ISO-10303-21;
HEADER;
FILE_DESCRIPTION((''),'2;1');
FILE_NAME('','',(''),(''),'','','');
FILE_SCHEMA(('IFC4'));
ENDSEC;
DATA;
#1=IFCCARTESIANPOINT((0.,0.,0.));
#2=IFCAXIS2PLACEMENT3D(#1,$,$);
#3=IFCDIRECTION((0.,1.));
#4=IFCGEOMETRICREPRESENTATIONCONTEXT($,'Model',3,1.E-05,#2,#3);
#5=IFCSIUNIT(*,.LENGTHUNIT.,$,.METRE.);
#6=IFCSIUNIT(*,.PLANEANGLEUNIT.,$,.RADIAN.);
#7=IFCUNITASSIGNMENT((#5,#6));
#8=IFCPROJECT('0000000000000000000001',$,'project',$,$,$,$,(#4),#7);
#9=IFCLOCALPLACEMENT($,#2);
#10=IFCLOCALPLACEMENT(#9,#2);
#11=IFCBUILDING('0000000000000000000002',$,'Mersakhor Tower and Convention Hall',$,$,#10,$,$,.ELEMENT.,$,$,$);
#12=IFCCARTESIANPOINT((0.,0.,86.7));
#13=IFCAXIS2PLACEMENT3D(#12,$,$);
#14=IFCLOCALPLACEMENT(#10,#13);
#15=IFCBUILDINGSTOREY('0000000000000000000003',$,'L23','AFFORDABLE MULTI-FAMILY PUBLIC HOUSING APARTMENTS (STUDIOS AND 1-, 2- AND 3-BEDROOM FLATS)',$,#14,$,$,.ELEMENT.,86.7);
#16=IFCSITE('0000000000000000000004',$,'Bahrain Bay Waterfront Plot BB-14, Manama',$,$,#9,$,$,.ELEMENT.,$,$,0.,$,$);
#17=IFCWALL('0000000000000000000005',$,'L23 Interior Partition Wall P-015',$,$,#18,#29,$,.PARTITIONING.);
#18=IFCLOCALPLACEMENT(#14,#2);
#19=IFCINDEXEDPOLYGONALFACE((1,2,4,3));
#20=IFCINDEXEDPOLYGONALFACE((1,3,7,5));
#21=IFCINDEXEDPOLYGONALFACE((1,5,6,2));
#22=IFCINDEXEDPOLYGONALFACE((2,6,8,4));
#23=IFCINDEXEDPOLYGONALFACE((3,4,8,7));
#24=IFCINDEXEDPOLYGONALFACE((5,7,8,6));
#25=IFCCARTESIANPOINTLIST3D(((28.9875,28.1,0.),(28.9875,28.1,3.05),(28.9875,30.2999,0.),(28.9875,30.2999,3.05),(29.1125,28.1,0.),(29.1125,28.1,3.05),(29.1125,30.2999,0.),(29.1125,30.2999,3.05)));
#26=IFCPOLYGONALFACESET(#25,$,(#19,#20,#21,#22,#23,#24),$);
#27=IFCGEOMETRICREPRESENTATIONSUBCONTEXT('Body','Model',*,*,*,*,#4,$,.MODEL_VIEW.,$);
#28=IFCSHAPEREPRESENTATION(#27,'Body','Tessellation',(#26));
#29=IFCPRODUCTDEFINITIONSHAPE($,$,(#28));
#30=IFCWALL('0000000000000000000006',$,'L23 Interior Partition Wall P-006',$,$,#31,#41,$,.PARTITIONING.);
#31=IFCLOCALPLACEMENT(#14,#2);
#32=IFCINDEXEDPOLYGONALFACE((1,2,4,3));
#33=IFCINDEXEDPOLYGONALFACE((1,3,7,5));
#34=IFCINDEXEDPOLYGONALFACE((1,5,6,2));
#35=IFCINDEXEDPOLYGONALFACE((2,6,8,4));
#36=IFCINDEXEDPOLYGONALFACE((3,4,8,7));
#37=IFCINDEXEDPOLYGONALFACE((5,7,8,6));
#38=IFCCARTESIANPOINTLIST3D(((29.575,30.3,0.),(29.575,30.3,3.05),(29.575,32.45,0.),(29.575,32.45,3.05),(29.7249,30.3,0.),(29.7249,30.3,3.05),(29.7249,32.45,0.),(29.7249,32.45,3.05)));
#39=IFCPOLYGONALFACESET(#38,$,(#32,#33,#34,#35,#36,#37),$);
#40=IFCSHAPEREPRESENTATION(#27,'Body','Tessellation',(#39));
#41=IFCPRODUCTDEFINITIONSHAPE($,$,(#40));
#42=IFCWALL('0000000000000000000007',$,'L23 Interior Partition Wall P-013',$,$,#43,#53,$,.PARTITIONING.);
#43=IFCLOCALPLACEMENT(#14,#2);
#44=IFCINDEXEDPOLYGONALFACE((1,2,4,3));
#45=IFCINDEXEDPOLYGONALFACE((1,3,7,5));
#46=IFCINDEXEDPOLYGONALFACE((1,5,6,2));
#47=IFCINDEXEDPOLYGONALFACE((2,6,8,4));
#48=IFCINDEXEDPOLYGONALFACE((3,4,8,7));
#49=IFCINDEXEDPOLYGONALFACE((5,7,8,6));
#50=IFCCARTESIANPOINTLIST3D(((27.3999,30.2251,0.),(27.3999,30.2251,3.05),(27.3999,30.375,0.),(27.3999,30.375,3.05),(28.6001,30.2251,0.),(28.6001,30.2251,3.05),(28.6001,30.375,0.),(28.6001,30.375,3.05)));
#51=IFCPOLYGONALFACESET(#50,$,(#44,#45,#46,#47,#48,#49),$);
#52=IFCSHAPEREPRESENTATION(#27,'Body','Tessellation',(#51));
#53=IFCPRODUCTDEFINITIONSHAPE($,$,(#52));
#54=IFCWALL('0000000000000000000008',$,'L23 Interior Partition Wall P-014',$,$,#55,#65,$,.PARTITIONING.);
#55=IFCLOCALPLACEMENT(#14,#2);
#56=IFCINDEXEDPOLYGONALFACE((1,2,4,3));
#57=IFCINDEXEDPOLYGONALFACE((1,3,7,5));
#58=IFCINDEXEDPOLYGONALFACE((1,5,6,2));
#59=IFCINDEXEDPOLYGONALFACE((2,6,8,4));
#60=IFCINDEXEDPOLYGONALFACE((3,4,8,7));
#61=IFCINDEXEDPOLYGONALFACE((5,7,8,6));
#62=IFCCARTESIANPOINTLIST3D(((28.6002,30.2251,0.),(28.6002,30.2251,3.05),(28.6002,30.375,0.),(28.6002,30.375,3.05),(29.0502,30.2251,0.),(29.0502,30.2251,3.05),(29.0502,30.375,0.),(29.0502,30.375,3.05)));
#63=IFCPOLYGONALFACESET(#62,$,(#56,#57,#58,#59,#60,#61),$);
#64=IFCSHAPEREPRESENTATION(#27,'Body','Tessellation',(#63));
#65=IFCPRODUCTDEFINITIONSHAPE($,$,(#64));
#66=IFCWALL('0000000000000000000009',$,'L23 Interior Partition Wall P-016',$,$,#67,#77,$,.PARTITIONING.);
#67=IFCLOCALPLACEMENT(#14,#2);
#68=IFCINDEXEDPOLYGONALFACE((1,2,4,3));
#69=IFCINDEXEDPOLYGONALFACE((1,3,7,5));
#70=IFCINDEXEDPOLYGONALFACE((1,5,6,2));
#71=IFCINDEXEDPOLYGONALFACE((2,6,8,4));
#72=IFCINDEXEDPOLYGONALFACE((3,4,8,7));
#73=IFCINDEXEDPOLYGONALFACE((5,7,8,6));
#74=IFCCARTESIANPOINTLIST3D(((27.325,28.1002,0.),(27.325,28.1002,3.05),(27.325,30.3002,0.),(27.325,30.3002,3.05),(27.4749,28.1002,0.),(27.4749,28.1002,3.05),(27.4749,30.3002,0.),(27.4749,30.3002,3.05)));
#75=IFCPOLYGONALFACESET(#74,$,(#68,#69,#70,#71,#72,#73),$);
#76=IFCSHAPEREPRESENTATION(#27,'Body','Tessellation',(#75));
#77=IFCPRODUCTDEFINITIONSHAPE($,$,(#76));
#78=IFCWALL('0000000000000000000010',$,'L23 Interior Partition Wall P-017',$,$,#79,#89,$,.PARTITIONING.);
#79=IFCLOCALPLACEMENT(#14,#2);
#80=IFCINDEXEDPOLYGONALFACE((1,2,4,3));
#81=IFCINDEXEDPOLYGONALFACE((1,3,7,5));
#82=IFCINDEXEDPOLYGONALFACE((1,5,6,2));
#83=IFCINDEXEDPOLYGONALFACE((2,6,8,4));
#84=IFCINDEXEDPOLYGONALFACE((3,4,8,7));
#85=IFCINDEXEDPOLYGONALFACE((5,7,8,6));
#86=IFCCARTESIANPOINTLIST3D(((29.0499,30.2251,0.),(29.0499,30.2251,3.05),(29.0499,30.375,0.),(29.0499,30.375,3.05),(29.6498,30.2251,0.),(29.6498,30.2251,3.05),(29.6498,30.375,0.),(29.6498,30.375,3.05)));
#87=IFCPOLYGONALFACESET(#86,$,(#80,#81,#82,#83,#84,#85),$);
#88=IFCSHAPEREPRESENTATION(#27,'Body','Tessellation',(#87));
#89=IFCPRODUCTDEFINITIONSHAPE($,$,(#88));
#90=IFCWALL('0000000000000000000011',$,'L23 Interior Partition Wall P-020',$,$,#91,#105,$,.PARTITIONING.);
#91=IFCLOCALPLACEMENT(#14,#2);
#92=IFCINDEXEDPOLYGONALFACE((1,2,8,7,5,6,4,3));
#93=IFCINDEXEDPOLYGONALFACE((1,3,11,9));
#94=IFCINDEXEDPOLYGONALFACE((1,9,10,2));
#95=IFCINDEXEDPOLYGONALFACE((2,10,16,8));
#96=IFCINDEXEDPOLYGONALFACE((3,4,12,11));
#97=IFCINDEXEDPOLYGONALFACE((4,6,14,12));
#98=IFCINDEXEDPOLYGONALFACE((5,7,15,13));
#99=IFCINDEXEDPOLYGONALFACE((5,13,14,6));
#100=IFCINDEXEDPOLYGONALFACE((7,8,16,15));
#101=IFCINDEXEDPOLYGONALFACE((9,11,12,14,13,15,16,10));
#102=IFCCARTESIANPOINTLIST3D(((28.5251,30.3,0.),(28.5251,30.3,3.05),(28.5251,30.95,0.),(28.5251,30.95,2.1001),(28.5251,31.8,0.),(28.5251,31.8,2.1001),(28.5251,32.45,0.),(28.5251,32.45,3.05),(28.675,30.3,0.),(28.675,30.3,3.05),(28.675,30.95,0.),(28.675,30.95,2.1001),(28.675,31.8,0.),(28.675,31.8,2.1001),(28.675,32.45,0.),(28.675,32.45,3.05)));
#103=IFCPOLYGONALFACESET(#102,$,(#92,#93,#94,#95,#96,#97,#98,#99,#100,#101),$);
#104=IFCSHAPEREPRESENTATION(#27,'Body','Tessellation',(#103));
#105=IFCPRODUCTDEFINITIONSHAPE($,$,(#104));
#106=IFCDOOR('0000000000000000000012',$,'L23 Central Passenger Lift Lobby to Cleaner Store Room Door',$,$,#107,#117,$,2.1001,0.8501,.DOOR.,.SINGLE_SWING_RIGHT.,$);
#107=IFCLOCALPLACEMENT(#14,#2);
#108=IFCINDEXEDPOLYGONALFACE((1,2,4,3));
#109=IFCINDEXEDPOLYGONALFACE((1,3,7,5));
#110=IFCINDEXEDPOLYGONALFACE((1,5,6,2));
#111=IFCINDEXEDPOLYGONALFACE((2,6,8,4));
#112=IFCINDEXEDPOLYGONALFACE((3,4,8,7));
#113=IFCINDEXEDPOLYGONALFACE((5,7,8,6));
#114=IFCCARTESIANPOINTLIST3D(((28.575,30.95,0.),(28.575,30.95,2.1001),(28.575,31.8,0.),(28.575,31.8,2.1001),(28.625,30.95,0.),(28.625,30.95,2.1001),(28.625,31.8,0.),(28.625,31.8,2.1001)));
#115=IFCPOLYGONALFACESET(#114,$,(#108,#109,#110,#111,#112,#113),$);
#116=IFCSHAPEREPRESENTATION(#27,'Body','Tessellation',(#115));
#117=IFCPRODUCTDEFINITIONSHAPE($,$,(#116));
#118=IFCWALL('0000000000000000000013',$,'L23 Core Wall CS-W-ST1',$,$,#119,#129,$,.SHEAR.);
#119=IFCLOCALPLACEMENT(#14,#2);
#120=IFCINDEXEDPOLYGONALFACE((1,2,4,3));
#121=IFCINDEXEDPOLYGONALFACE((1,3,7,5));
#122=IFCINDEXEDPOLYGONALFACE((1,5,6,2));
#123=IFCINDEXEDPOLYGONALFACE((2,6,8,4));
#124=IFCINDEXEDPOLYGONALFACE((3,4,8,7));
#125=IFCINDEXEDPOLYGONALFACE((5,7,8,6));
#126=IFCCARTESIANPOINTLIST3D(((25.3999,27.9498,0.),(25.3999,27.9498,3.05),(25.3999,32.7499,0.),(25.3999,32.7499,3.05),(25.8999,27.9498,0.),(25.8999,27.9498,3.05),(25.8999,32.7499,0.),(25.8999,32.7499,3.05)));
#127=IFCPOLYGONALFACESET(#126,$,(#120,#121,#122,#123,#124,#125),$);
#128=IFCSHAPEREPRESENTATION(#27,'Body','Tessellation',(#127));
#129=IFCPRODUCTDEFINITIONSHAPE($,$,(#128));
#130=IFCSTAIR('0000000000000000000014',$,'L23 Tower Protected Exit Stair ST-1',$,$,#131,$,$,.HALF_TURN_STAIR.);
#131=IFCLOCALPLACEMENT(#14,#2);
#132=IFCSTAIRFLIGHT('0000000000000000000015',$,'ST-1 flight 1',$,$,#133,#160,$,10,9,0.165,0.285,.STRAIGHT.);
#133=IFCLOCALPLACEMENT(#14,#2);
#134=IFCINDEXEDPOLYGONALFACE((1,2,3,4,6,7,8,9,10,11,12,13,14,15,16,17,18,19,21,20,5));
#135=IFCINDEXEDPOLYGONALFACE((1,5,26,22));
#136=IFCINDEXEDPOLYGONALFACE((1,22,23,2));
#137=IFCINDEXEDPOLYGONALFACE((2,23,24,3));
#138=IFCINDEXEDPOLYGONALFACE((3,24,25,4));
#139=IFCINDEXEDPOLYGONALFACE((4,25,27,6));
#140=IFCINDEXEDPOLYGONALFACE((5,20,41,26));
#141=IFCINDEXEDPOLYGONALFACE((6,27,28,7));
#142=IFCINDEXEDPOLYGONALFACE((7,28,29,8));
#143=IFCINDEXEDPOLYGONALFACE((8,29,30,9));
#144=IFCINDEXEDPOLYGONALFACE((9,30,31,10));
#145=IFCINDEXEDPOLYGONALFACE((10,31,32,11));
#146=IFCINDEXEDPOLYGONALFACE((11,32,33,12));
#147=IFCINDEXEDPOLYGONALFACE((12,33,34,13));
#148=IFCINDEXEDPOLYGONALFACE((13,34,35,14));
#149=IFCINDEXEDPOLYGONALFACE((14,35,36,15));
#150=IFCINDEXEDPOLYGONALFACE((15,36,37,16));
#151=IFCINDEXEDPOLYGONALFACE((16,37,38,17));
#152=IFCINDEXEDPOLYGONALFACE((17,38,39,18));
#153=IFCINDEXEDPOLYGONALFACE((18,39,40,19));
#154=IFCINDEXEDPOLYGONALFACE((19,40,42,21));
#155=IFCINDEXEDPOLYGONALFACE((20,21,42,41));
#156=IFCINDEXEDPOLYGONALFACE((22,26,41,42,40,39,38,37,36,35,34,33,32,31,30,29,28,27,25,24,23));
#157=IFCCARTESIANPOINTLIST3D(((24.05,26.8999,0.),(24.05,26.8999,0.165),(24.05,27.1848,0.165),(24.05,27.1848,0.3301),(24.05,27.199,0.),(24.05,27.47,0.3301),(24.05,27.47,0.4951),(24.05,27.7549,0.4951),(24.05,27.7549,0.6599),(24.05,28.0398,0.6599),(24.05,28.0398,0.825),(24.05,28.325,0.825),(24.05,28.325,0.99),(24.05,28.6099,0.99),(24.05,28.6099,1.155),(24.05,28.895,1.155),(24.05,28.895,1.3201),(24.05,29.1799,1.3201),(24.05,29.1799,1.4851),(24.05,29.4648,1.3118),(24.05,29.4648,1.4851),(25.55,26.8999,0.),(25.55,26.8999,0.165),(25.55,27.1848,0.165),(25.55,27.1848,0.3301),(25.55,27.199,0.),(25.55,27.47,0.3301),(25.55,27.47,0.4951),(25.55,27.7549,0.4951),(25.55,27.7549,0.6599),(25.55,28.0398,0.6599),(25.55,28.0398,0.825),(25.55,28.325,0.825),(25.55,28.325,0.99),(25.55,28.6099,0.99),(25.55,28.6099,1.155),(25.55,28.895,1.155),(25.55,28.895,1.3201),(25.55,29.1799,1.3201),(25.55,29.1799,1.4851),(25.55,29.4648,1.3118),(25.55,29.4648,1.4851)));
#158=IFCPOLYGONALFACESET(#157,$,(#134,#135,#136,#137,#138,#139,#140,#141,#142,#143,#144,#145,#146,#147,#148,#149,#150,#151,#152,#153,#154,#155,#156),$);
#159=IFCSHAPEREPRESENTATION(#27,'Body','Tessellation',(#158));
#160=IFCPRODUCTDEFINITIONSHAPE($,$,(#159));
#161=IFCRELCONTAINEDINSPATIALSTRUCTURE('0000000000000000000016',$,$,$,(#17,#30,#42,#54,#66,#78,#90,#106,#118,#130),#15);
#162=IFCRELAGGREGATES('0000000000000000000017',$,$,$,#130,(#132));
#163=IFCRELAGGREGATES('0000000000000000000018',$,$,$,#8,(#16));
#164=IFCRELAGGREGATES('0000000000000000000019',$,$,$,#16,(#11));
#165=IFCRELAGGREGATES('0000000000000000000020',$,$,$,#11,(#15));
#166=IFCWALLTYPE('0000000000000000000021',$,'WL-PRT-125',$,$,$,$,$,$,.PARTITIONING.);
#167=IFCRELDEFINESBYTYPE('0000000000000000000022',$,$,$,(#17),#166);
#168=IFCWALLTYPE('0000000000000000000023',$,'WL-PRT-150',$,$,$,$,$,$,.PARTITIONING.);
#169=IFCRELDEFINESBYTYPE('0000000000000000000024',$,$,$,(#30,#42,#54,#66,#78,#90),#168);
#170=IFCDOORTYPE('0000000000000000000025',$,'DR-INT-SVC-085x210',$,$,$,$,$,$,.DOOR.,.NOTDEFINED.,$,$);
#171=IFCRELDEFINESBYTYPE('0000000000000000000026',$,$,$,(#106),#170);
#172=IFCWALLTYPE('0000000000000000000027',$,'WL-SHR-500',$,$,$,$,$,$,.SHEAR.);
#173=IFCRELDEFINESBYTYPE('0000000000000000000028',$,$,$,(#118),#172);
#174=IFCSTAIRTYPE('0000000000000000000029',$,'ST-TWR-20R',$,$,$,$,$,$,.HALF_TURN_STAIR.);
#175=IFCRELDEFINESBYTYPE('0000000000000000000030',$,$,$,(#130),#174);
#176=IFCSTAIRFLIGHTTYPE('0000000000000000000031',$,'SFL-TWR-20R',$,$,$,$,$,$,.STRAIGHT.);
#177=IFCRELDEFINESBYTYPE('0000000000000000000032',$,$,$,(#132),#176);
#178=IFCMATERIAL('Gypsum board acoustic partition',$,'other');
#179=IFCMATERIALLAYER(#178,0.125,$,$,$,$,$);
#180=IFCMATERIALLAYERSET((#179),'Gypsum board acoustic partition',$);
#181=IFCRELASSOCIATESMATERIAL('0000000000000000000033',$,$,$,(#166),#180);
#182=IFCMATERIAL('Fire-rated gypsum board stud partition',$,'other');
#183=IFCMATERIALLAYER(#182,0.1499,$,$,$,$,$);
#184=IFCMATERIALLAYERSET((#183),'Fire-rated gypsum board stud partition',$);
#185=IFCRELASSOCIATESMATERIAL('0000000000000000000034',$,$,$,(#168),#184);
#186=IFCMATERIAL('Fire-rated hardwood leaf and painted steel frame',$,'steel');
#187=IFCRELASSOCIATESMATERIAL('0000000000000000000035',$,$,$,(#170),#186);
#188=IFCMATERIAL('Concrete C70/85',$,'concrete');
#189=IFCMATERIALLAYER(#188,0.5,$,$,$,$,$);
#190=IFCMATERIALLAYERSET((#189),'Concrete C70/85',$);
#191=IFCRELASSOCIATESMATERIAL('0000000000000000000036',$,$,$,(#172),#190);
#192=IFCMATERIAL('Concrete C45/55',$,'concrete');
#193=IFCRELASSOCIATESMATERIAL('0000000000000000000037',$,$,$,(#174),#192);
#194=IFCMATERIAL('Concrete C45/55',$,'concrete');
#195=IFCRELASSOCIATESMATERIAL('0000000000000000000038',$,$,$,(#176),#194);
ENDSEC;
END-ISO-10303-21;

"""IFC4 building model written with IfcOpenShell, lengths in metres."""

from ifc_helpers import new_model, si_unit, direction, frame, frame_2d, origin, place, context, subcontext, project, spatial, polyline, rectangle, outline, extrude, material, layer, layer_set, type_object, element, fill, aggregate, save


model = new_model("IFC4")

# Units and contexts
model_context = context("Model", 3, precision=1e-05, world=origin(), true_north=direction((0.0, 1.0)))
body_context = subcontext(model_context, "Body", "Model", "MODEL_VIEW")
ifc_project = project(units=[si_unit("LENGTHUNIT", "METRE"), si_unit("PLANEANGLEUNIT", "RADIAN")], contexts=[model_context])

# Site, building, storey
site_placement = place(None, origin())
site = spatial("IfcSite", under=ifc_project, at=site_placement, Name="Bahrain Bay Waterfront Plot BB-14, Manama", CompositionType="ELEMENT", RefElevation=0.0)
building_placement = place(site_placement, origin())
building = spatial("IfcBuilding", under=site, at=building_placement, Name="Mersakhor Tower and Convention Hall", CompositionType="ELEMENT")
storey_placement = place(building_placement, frame((0.0, 0.0, 86.7)))
storey = spatial("IfcBuildingStorey", under=building, at=storey_placement, Name="L23", Description="AFFORDABLE MULTI-FAMILY PUBLIC HOUSING APARTMENTS (STUDIOS AND 1-, 2- AND 3-BEDROOM FLATS)", CompositionType="ELEMENT", Elevation=86.7)

# Walls
ifc_material_1 = material(Name="Gypsum board acoustic partition", Category="other")
ifc_layer_1 = layer(ifc_material_1, 0.125)
ifc_layer_set_1 = layer_set([ifc_layer_1], Name="Gypsum board acoustic partition")
wall_type_1 = type_object("IfcWallType", Name="WL-PRT-125", PredefinedType="PARTITIONING", material=ifc_layer_set_1)
wall_1_placement = place(storey_placement, frame((29.05, 30.3, 0.0), z_axis=(0.0, 0.0, 1.0), x_axis=(0.0, -1.0, 0.0)))
element("IfcWall", 1, at=wall_1_placement, inside=storey, type_object=wall_type_1, Name="L23 Interior Partition Wall P-015", PredefinedType="PARTITIONING", context=body_context, shape_type="SweptSolid", body=[
    extrude(rectangle(XDim=2.2, YDim=0.125, at=frame_2d((1.1001, 0.0))), origin(), (0.0, 0.0, 1.0), 3.05),
])
ifc_material_2 = material(Name="Fire-rated gypsum board stud partition", Category="other")
ifc_layer_2 = layer(ifc_material_2, 0.1499)
ifc_layer_set_2 = layer_set([ifc_layer_2], Name="Fire-rated gypsum board stud partition")
wall_type_2 = type_object("IfcWallType", Name="WL-PRT-150", PredefinedType="PARTITIONING", material=ifc_layer_set_2)
wall_2_placement = place(storey_placement, frame((29.6499, 30.3, 0.0), z_axis=(0.0, 0.0, 1.0), x_axis=(0.0, 1.0, 0.0)))
element("IfcWall", 2, at=wall_2_placement, inside=storey, type_object=wall_type_2, Name="L23 Interior Partition Wall P-006", PredefinedType="PARTITIONING", context=body_context, shape_type="SweptSolid", body=[
    extrude(rectangle(XDim=2.1499, YDim=0.1499, at=frame_2d((1.075, 0.0))), origin(), (0.0, 0.0, 1.0), 3.05),
])
wall_3_placement = place(storey_placement, frame((27.3999, 30.3, 0.0), z_axis=(0.0, 0.0, 1.0), x_axis=(1.0, 0.0, 0.0)))
element("IfcWall", 3, at=wall_3_placement, inside=storey, type_object=wall_type_2, Name="L23 Interior Partition Wall P-013", PredefinedType="PARTITIONING", context=body_context, shape_type="SweptSolid", body=[
    extrude(rectangle(XDim=1.2002, YDim=0.1499, at=frame_2d((0.6001, 0.0))), origin(), (0.0, 0.0, 1.0), 3.05),
])
wall_4_placement = place(storey_placement, frame((28.6001, 30.3, 0.0), z_axis=(0.0, 0.0, 1.0), x_axis=(1.0, 0.0, 0.0)))
element("IfcWall", 4, at=wall_4_placement, inside=storey, type_object=wall_type_2, Name="L23 Interior Partition Wall P-014", PredefinedType="PARTITIONING", context=body_context, shape_type="SweptSolid", body=[
    extrude(rectangle(XDim=0.45, YDim=0.1499, at=frame_2d((0.2251, 0.0))), origin(), (0.0, 0.0, 1.0), 3.05),
])
wall_5_placement = place(storey_placement, frame((27.3999, 28.1001, 0.0), z_axis=(0.0, 0.0, 1.0), x_axis=(0.0, 1.0, 0.0)))
element("IfcWall", 5, at=wall_5_placement, inside=storey, type_object=wall_type_2, Name="L23 Interior Partition Wall P-016", PredefinedType="PARTITIONING", context=body_context, shape_type="SweptSolid", body=[
    extrude(rectangle(XDim=2.2, YDim=0.1499, at=frame_2d((1.1001, 0.0))), origin(), (0.0, 0.0, 1.0), 3.05),
])
wall_6_placement = place(storey_placement, frame((29.05, 30.3, 0.0), z_axis=(0.0, 0.0, 1.0), x_axis=(1.0, 0.0, 0.0)))
element("IfcWall", 6, at=wall_6_placement, inside=storey, type_object=wall_type_2, Name="L23 Interior Partition Wall P-017", PredefinedType="PARTITIONING", context=body_context, shape_type="SweptSolid", body=[
    extrude(rectangle(XDim=0.5999, YDim=0.1499, at=frame_2d((0.2998, 0.0))), origin(), (0.0, 0.0, 1.0), 3.05),
])

# Wall, opening, door
wall_7_placement = place(storey_placement, frame((28.6001, 32.45, 0.0), z_axis=(0.0, 0.0, 1.0), x_axis=(0.0, -1.0, 0.0)))
wall_7 = element("IfcWall", 7, at=wall_7_placement, inside=storey, type_object=wall_type_2, Name="L23 Interior Partition Wall P-020", PredefinedType="PARTITIONING", context=body_context, shape_type="SweptSolid", body=[
    extrude(rectangle(XDim=2.1499, YDim=0.1499, at=frame_2d((1.075, 0.0))), origin(), (0.0, 0.0, 1.0), 3.05),
])
opening_1_placement = place(wall_7_placement, frame((0.6499, 0.0, 0.0)))
opening_1 = element("IfcOpeningElement", 8, at=opening_1_placement, cuts=wall_7, PredefinedType="OPENING", context=body_context, shape_type="SweptSolid", body=[
    extrude(rectangle(XDim=0.8501, YDim=2.1001, at=frame_2d((0.425, 1.05))), frame((0.0, 0.085, 0.0), z_axis=(0.0, -1.0, 0.0), x_axis=(1.0, 0.0, 0.0)), (0.0, 0.0, 1.0), 0.1699),
])
ifc_material_3 = material(Name="Fire-rated hardwood leaf and painted steel frame", Category="steel")
door_type_1 = type_object("IfcDoorType", Name="DR-INT-SVC-085x210", OperationType="NOTDEFINED", PredefinedType="DOOR", material=ifc_material_3)
door_1_placement = place(opening_1_placement, origin())
door_1 = element("IfcDoor", 9, at=door_1_placement, inside=storey, type_object=door_type_1, Name="L23 Central Passenger Lift Lobby to Cleaner Store Room Door", OperationType="SINGLE_SWING_RIGHT", OverallHeight=2.1001, OverallWidth=0.8501, PredefinedType="DOOR", context=body_context, shape_type="SweptSolid", body=[
    extrude(rectangle(XDim=0.8501, YDim=2.1001, at=frame_2d((0.425, 1.05))), frame((0.0, 0.0249, 0.0), z_axis=(0.0, -1.0, 0.0), x_axis=(1.0, 0.0, 0.0)), (0.0, 0.0, 1.0), 0.05),
])
fill(opening_1, door_1)

# Shared definitions
ifc_material_4 = material(Name="Concrete C70/85", Category="concrete")
ifc_layer_3 = layer(ifc_material_4, 0.5)
ifc_layer_set_3 = layer_set([ifc_layer_3], Name="Concrete C70/85")
wall_type_3 = type_object("IfcWallType", Name="WL-SHR-500", PredefinedType="SHEAR", material=ifc_layer_set_3)

# Wall
wall_8_placement = place(storey_placement, frame((25.6499, 27.95, 0.0), z_axis=(0.0, 0.0, 1.0), x_axis=(0.0, 1.0, 0.0)))
element("IfcWall", 10, at=wall_8_placement, inside=storey, type_object=wall_type_3, Name="L23 Core Wall CS-W-ST1", PredefinedType="SHEAR", context=body_context, shape_type="SweptSolid", body=[
    extrude(rectangle(XDim=4.8, YDim=0.5, at=frame_2d((2.3999, 0.0))), origin(), (0.0, 0.0, 1.0), 3.05),
])

# Stair, stair flight
ifc_material_5 = material(Name="Concrete C45/55", Category="concrete")
stair_type = type_object("IfcStairType", Name="ST-TWR-20R", PredefinedType="HALF_TURN_STAIR", material=ifc_material_5)
stair_placement = place(storey_placement, origin())
stair = element("IfcStair", 11, at=stair_placement, inside=storey, type_object=stair_type, Name="L23 Tower Protected Exit Stair ST-1", PredefinedType="HALF_TURN_STAIR")
ifc_material_6 = material(Name="Concrete C45/55", Category="concrete")
stair_flight_type = type_object("IfcStairFlightType", Name="SFL-TWR-20R", PredefinedType="STRAIGHT", material=ifc_material_6)
stair_flight_1_placement = place(storey_placement, frame((24.8, 26.8999, 0.0), z_axis=(0.0, 0.0, 1.0), x_axis=(0.0, 1.0, 0.0)))
stair_flight_1 = element("IfcStairFlight", 12, at=stair_flight_1_placement, type_object=stair_flight_type, Name="ST-1 flight 1", NumberOfRisers=10, NumberOfTreads=9, PredefinedType="STRAIGHT", RiserHeight=0.165, TreadLength=0.285, context=body_context, shape_type="SweptSolid", body=[
    extrude(outline(polyline([(0.0, 0.0), (0.0, 0.165), (0.2849, 0.165), (0.2849, 0.3301), (0.5701, 0.3301), (0.5701, 0.4951), (0.855, 0.4951), (0.855, 0.6599), (1.1399, 0.6599), (1.1399, 0.825), (1.425, 0.825), (1.425, 0.99), (1.71, 0.99), (1.71, 1.155), (1.9951, 1.155), (1.9951, 1.3201), (2.28, 1.3201), (2.28, 1.4851), (2.5649, 1.4851), (2.5649, 1.6499), (2.5649, 1.3118), (0.2991, 0.0), (0.0, 0.0)])), frame((0.0, 0.75, 0.0), z_axis=(0.0, -1.0, 0.0), x_axis=(1.0, 0.0, 0.0)), (0.0, 0.0, 1.0), 1.5),
])
aggregate(stair, [stair_flight_1])

save(model, "model.ifc")
